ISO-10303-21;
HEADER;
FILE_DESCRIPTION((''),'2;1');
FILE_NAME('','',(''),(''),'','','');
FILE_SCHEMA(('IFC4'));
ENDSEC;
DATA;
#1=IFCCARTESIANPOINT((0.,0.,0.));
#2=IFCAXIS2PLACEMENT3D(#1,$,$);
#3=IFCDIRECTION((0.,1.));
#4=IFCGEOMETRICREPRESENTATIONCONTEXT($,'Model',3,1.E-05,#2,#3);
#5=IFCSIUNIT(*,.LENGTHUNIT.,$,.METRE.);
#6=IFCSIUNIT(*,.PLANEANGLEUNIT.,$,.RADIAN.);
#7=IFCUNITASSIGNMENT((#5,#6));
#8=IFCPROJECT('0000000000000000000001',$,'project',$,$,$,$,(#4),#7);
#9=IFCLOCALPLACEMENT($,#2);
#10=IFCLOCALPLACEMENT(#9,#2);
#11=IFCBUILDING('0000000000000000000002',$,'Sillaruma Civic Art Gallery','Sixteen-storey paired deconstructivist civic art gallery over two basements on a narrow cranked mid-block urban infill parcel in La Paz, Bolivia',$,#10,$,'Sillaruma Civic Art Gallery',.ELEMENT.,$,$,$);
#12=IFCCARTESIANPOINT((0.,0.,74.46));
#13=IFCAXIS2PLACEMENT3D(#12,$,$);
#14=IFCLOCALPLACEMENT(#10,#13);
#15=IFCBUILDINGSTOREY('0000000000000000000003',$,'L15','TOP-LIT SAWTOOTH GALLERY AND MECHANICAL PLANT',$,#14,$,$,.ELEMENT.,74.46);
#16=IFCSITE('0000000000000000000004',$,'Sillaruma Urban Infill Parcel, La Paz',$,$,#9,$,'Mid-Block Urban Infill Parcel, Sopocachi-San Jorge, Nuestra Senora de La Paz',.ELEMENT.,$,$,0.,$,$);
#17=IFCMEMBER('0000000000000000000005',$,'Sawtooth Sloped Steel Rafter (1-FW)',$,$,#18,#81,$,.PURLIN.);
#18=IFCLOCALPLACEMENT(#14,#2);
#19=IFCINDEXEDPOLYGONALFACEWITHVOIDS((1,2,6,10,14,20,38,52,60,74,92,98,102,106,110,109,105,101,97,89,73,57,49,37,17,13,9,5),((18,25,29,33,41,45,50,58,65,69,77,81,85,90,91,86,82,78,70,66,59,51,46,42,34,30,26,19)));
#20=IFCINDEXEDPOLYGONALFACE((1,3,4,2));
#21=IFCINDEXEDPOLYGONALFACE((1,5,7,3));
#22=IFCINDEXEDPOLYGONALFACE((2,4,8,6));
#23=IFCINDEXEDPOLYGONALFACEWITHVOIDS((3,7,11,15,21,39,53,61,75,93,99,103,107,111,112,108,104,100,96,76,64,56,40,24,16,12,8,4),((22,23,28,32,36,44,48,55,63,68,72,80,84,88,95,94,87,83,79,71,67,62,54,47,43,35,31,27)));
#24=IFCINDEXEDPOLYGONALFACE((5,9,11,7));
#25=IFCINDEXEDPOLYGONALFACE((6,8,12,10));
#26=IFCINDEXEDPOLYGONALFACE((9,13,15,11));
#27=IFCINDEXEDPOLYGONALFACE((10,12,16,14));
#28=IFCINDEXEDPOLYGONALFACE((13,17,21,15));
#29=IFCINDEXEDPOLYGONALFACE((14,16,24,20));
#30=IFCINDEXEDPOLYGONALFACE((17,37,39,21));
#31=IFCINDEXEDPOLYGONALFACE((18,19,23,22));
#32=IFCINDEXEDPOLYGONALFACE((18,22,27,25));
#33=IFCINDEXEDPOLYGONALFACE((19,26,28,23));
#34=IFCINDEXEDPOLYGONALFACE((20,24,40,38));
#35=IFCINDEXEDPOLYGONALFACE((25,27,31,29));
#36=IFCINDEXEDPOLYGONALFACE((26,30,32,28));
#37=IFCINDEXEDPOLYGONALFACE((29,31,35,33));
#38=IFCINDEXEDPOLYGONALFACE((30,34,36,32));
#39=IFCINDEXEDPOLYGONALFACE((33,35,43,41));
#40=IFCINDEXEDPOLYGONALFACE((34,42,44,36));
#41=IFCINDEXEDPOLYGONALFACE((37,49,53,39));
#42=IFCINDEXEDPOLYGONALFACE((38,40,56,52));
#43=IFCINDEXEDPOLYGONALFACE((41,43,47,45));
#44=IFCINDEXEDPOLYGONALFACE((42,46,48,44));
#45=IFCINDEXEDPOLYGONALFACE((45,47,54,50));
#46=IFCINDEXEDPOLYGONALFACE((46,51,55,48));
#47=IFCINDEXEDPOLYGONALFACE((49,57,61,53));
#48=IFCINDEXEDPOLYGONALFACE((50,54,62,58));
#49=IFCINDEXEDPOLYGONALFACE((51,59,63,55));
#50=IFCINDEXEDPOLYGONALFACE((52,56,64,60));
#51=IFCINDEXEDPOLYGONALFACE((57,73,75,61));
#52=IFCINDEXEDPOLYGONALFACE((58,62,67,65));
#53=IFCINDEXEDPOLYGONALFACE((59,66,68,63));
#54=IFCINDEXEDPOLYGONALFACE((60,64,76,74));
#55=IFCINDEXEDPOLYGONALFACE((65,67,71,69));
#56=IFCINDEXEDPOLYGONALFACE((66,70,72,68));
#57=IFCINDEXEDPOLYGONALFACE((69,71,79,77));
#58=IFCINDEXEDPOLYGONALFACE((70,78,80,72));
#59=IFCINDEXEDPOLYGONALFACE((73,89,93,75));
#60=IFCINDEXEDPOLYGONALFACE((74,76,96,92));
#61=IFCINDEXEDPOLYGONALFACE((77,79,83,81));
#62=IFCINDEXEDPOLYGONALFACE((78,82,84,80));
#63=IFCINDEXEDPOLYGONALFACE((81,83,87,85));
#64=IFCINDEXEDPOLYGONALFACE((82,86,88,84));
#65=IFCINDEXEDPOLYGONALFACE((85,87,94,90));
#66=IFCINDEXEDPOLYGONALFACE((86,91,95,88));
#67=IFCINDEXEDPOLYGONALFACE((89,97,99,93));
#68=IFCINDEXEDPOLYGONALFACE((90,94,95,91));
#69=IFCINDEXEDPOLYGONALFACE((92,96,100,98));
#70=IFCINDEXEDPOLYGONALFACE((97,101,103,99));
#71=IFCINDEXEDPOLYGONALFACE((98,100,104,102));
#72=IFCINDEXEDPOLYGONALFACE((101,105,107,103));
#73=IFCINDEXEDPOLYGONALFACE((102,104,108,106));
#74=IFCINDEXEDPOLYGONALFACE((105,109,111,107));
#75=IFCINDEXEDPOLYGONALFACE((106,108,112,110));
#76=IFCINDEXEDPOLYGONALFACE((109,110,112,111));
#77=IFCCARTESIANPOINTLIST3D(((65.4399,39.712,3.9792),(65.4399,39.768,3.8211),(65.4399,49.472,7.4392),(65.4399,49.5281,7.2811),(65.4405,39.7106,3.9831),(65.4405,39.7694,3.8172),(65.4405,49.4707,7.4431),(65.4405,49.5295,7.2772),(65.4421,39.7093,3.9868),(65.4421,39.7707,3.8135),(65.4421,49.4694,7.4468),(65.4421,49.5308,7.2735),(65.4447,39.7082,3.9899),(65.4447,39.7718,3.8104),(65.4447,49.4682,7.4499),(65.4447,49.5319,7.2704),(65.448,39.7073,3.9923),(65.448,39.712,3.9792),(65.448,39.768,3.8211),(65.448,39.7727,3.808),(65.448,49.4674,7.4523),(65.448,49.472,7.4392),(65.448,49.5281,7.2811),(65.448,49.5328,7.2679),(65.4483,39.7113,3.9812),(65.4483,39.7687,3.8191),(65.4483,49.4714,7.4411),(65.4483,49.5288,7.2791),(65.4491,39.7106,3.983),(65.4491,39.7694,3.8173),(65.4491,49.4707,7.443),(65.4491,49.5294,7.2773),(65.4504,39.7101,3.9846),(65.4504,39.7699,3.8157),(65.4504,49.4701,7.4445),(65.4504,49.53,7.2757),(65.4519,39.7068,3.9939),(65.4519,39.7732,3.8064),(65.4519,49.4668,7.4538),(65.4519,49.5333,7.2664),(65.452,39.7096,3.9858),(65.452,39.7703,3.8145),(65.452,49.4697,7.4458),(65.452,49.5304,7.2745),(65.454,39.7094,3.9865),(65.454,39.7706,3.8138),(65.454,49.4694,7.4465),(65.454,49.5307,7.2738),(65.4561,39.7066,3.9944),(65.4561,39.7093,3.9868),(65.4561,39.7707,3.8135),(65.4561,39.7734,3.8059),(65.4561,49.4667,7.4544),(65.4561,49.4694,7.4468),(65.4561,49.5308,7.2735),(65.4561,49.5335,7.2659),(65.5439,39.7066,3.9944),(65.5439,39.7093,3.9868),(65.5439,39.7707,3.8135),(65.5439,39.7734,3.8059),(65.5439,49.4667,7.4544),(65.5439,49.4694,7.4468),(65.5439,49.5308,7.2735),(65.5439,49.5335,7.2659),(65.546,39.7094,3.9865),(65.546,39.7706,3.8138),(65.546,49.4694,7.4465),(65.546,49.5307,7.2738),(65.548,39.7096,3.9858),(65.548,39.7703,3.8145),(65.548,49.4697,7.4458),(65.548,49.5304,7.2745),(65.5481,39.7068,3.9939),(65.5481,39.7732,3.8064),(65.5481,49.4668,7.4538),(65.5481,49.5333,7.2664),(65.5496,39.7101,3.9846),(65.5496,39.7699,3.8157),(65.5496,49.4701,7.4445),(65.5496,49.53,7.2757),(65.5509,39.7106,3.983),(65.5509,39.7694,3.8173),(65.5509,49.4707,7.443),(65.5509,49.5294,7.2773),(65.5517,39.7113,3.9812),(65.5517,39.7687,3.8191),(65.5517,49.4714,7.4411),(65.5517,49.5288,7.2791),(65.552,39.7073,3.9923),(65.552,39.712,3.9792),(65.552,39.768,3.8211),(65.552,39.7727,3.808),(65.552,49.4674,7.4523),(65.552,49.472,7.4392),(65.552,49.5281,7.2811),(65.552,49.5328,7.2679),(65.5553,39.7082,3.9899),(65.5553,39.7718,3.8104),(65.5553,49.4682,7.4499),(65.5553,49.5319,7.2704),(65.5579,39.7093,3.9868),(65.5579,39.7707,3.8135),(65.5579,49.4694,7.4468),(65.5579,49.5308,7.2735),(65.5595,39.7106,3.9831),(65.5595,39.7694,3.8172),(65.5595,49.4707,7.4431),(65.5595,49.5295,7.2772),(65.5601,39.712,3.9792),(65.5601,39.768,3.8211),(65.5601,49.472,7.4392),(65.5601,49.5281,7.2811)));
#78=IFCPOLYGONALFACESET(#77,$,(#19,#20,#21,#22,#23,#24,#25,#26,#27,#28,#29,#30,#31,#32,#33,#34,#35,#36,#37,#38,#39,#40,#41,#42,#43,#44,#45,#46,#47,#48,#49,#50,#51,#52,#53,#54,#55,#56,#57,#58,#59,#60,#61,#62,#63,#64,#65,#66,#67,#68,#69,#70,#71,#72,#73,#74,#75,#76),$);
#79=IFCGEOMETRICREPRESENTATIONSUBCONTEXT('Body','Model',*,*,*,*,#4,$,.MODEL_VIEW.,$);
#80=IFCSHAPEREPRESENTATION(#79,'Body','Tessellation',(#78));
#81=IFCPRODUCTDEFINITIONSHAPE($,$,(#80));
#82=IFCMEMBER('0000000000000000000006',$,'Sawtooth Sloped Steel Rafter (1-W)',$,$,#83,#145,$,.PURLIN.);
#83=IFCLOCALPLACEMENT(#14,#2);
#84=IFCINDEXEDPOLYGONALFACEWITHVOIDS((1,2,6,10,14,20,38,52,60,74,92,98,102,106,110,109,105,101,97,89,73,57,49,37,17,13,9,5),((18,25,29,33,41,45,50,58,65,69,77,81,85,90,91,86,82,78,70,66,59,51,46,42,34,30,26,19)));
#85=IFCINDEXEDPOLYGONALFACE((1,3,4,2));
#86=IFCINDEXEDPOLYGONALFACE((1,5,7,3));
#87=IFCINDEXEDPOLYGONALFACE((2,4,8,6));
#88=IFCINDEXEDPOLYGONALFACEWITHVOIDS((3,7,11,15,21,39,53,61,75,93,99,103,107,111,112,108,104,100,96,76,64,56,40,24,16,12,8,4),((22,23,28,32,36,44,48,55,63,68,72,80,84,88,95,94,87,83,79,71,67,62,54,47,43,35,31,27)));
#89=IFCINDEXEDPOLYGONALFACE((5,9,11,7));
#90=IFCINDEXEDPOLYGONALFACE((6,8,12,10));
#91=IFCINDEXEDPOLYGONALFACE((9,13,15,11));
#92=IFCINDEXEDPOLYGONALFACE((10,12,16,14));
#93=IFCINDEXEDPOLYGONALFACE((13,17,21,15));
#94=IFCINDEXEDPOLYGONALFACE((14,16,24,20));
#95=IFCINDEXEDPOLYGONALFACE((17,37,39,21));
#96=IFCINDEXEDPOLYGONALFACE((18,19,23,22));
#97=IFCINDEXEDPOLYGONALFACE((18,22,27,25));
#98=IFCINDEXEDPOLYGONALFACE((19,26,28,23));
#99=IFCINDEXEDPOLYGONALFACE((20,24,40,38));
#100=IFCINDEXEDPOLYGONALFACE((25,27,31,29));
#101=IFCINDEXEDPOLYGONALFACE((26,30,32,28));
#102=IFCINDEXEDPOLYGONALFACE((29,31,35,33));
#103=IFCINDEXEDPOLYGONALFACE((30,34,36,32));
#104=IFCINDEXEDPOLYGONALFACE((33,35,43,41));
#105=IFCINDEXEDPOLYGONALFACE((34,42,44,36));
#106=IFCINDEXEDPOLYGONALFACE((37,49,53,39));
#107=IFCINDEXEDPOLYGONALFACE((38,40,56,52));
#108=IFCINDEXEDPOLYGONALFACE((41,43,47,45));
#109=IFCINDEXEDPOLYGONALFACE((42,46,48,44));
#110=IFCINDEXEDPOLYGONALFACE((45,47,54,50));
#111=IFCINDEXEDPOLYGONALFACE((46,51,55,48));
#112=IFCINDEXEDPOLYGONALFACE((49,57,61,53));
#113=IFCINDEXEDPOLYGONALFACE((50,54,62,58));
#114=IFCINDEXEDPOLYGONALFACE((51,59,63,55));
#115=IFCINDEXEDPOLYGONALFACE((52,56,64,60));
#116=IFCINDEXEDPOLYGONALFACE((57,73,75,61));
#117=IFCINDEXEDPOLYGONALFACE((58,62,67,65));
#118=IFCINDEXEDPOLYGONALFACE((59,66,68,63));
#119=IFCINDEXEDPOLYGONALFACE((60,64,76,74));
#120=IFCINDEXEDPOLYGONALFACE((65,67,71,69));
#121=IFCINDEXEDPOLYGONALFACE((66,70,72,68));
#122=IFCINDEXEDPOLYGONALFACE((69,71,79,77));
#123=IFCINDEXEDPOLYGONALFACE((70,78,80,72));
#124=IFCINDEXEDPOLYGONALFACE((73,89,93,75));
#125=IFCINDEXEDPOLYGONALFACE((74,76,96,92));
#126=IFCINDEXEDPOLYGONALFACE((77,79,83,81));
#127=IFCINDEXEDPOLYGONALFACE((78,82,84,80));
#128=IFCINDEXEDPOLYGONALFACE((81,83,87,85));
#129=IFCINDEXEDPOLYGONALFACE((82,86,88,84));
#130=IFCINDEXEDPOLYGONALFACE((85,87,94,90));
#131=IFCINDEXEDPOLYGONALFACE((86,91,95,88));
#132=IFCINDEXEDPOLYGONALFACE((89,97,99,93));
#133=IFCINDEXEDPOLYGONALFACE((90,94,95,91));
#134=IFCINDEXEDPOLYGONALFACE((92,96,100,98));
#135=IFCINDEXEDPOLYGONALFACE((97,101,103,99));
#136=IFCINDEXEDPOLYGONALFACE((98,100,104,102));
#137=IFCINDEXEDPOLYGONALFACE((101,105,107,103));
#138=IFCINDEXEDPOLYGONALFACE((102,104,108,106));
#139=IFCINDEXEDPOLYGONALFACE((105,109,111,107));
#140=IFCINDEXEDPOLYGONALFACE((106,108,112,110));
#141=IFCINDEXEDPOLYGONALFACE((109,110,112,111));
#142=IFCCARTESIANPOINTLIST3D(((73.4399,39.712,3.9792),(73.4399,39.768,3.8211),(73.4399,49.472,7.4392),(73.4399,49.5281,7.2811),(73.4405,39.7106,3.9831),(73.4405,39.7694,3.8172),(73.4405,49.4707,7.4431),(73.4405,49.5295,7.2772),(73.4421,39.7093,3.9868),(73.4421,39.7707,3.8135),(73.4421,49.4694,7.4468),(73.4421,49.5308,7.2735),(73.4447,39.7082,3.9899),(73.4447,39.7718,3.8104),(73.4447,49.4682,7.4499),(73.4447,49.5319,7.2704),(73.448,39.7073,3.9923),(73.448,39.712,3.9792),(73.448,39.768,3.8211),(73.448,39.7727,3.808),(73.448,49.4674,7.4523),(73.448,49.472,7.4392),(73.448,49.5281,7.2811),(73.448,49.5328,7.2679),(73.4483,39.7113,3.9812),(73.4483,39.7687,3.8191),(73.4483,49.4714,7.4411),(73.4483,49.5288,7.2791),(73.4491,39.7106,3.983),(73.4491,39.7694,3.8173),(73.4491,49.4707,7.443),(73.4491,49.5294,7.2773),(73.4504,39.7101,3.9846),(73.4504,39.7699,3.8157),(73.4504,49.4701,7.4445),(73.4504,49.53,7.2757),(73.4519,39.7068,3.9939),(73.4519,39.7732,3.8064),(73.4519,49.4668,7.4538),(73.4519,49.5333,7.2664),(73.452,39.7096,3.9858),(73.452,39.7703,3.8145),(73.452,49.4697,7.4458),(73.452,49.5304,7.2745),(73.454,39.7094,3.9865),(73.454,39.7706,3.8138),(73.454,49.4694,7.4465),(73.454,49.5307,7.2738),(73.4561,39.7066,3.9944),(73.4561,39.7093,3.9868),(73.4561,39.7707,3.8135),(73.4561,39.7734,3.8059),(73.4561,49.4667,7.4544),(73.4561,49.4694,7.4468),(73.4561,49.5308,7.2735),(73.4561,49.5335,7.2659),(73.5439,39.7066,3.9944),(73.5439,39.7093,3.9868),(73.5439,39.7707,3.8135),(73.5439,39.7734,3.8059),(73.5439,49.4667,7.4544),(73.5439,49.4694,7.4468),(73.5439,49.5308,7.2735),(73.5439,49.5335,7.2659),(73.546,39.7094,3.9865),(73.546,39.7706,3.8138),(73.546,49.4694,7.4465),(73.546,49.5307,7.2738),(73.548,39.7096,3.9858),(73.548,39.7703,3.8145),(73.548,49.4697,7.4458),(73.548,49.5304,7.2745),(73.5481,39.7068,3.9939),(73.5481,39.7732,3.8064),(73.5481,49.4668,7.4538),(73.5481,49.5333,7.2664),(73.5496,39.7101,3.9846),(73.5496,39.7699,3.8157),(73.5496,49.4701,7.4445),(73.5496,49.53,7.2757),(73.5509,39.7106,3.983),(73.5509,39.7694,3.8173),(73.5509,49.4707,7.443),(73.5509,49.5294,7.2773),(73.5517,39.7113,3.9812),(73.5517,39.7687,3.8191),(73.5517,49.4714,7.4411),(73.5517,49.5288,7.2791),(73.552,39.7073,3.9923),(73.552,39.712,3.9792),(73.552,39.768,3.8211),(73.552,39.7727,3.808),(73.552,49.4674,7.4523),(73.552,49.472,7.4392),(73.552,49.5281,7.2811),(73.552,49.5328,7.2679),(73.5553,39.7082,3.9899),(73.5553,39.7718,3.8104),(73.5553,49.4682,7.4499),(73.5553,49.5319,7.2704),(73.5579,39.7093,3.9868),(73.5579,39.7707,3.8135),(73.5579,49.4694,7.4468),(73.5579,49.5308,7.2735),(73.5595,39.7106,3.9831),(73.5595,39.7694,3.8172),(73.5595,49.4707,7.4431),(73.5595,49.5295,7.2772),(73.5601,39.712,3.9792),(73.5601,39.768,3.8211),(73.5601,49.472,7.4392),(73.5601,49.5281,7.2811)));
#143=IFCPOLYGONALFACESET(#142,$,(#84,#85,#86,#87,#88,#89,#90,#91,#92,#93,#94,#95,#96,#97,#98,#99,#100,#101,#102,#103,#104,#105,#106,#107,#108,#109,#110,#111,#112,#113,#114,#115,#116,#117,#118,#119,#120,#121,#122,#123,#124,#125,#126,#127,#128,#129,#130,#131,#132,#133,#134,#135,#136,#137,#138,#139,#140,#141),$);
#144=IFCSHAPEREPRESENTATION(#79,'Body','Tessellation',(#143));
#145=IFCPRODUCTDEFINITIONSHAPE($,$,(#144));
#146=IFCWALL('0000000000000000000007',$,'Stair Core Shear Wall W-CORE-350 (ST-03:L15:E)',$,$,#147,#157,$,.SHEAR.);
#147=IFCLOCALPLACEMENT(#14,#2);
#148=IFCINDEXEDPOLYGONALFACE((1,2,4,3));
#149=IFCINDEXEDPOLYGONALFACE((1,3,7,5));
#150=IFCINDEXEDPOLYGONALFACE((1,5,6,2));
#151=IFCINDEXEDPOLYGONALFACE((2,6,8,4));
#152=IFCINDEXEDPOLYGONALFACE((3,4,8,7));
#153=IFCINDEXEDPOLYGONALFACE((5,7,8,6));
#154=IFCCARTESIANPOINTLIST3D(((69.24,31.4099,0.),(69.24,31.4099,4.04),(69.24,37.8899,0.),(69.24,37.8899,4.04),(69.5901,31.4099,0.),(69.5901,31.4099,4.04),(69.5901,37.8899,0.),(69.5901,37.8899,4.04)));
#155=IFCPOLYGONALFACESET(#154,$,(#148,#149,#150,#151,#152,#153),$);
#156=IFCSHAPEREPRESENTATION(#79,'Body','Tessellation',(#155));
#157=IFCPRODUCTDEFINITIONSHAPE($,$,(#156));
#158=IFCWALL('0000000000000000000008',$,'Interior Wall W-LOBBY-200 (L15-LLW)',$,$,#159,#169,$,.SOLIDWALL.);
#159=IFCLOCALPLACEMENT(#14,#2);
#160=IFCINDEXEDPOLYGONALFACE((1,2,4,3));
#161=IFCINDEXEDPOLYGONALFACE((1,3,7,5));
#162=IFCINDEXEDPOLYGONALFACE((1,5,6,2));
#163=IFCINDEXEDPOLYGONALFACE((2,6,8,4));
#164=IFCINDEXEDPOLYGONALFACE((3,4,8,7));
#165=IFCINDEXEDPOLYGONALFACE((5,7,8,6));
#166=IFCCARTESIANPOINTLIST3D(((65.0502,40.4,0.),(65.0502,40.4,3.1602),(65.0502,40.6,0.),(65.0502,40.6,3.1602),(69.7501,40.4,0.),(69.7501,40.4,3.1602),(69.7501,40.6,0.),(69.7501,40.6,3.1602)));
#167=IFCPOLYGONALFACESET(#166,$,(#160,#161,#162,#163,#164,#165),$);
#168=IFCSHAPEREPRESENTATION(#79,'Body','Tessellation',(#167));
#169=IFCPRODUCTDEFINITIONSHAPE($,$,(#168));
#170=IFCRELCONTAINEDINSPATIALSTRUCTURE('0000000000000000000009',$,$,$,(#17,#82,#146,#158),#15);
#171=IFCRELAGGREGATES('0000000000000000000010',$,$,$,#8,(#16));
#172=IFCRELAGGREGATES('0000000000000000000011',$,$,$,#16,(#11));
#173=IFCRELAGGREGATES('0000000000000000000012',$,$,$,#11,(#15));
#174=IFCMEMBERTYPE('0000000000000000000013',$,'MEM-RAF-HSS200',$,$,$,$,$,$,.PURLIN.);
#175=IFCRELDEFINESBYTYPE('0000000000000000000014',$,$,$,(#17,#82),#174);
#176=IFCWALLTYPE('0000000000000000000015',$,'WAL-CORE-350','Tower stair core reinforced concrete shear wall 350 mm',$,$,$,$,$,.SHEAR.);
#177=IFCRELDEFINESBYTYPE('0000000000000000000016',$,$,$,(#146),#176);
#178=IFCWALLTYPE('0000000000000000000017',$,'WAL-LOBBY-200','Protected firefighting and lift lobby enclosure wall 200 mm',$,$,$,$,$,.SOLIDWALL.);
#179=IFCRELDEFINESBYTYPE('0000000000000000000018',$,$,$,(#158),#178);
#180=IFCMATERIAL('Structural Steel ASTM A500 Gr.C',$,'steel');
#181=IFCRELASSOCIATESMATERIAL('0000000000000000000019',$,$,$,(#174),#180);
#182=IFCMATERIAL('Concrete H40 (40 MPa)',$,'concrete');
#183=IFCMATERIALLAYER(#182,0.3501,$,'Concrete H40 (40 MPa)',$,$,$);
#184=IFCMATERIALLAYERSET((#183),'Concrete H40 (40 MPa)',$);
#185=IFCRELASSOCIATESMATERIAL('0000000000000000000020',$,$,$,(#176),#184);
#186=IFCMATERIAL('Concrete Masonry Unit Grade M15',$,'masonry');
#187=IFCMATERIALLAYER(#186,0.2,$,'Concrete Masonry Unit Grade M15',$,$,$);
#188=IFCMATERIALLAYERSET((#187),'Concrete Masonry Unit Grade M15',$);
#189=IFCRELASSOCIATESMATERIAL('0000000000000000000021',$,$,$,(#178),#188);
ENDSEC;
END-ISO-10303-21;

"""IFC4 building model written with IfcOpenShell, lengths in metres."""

from ifc_helpers import new_model, si_unit, direction, frame, frame_2d, origin, origin_2d, place, context, subcontext, project, spatial, rectangle, hollow_rectangle, extrude, material, layer, layer_set, material_profile, profile_set, type_object, element, save


model = new_model("IFC4")

# Units and contexts
model_context = context("Model", 3, precision=1e-05, world=origin(), true_north=direction((0.0, 1.0)))
body_context = subcontext(model_context, "Body", "Model", "MODEL_VIEW")
ifc_project = project(units=[si_unit("LENGTHUNIT", "METRE"), si_unit("PLANEANGLEUNIT", "RADIAN")], contexts=[model_context])

# Site, building, storey
site_placement = place(None, origin())
site = spatial("IfcSite", under=ifc_project, at=site_placement, Name="Sillaruma Urban Infill Parcel, La Paz", LongName="Mid-Block Urban Infill Parcel, Sopocachi-San Jorge, Nuestra Senora de La Paz", CompositionType="ELEMENT", RefElevation=0.0)
building_placement = place(site_placement, origin())
building = spatial("IfcBuilding", under=site, at=building_placement, Name="Sillaruma Civic Art Gallery", Description="Sixteen-storey paired deconstructivist civic art gallery over two basements on a narrow cranked mid-block urban infill parcel in La Paz, Bolivia", LongName="Sillaruma Civic Art Gallery", CompositionType="ELEMENT")
storey_placement = place(building_placement, frame((0.0, 0.0, 74.46)))
storey = spatial("IfcBuildingStorey", under=building, at=storey_placement, Name="L15", Description="TOP-LIT SAWTOOTH GALLERY AND MECHANICAL PLANT", CompositionType="ELEMENT", Elevation=74.46)

# Shared definitions
ifc_material_1 = material(Name="Concrete H40 (40 MPa)", Category="concrete")

# Members
ifc_material_2 = material(Name="Structural Steel ASTM A500 Gr.C", Category="steel")
ifc_material_profile_1 = material_profile(ifc_material_2, hollow_rectangle(XDim=0.1201, YDim=0.2, WallThickness=0.0081, InnerFilletRadius=0.0081, OuterFilletRadius=0.0161, at=origin_2d()), Name="HSS200x120x8")
ifc_profile_set_1 = profile_set([ifc_material_profile_1], Name="Structural Steel ASTM A500 Gr.C")
member_type_1 = type_object("IfcMemberType", Name="MEM-RAF-HSS200", PredefinedType="PURLIN", material=ifc_profile_set_1)
for number, where, z_axis, x_axis, name in (
    (1, (65.5, 39.74, 3.9001), (0.0, 0.942527, 0.33413), (-1.0, 0.0, 0.0), "Sawtooth Sloped Steel Rafter (1-FW)"),
    (2, (73.5, 39.74, 3.9001), (0.0, 0.942527, 0.33413), (-1.0, 0.0, 0.0), "Sawtooth Sloped Steel Rafter (1-W)"),
):
    element("IfcMember", number, at=place(storey_placement, frame(where, z_axis=z_axis, x_axis=x_axis)), inside=storey, type_object=member_type_1, Name=name, PredefinedType="PURLIN", context=body_context, shape_type="SweptSolid", body=[
        extrude(hollow_rectangle(XDim=0.1201, YDim=0.2, WallThickness=0.0081, InnerFilletRadius=0.0081, OuterFilletRadius=0.0161, at=origin_2d()), origin(), (0.0, 0.0, 1.0), 10.3552),
    ])

# Walls
ifc_layer_1 = layer(ifc_material_1, 0.3501, Name="Concrete H40 (40 MPa)")
ifc_layer_set_1 = layer_set([ifc_layer_1], Name="Concrete H40 (40 MPa)")
wall_type_1 = type_object("IfcWallType", Name="WAL-CORE-350", Description="Tower stair core reinforced concrete shear wall 350 mm", PredefinedType="SHEAR", material=ifc_layer_set_1)
wall_1_placement = place(storey_placement, frame((69.415, 31.4099, 0.0), z_axis=(0.0, 0.0, 1.0), x_axis=(0.0, 1.0, 0.0)))
element("IfcWall", 3, at=wall_1_placement, inside=storey, type_object=wall_type_1, Name="Stair Core Shear Wall W-CORE-350 (ST-03:L15:E)", PredefinedType="SHEAR", context=body_context, shape_type="SweptSolid", body=[
    extrude(rectangle(XDim=6.48, YDim=0.3501, at=frame_2d((3.24, 0.0))), origin(), (0.0, 0.0, 1.0), 4.04),
])
ifc_material_3 = material(Name="Concrete Masonry Unit Grade M15", Category="masonry")
ifc_layer_2 = layer(ifc_material_3, 0.2, Name="Concrete Masonry Unit Grade M15")
ifc_layer_set_2 = layer_set([ifc_layer_2], Name="Concrete Masonry Unit Grade M15")
wall_type_2 = type_object("IfcWallType", Name="WAL-LOBBY-200", Description="Protected firefighting and lift lobby enclosure wall 200 mm", PredefinedType="SOLIDWALL", material=ifc_layer_set_2)
wall_2_placement = place(storey_placement, frame((65.05, 40.5, 0.0), z_axis=(0.0, 0.0, 1.0), x_axis=(1.0, 0.0, 0.0)))
element("IfcWall", 4, at=wall_2_placement, inside=storey, type_object=wall_type_2, Name="Interior Wall W-LOBBY-200 (L15-LLW)", PredefinedType="SOLIDWALL", context=body_context, shape_type="SweptSolid", body=[
    extrude(rectangle(XDim=4.7, YDim=0.2, at=frame_2d((2.3501, 0.0))), origin(), (0.0, 0.0, 1.0), 3.1602),
])

save(model, "model.ifc")
